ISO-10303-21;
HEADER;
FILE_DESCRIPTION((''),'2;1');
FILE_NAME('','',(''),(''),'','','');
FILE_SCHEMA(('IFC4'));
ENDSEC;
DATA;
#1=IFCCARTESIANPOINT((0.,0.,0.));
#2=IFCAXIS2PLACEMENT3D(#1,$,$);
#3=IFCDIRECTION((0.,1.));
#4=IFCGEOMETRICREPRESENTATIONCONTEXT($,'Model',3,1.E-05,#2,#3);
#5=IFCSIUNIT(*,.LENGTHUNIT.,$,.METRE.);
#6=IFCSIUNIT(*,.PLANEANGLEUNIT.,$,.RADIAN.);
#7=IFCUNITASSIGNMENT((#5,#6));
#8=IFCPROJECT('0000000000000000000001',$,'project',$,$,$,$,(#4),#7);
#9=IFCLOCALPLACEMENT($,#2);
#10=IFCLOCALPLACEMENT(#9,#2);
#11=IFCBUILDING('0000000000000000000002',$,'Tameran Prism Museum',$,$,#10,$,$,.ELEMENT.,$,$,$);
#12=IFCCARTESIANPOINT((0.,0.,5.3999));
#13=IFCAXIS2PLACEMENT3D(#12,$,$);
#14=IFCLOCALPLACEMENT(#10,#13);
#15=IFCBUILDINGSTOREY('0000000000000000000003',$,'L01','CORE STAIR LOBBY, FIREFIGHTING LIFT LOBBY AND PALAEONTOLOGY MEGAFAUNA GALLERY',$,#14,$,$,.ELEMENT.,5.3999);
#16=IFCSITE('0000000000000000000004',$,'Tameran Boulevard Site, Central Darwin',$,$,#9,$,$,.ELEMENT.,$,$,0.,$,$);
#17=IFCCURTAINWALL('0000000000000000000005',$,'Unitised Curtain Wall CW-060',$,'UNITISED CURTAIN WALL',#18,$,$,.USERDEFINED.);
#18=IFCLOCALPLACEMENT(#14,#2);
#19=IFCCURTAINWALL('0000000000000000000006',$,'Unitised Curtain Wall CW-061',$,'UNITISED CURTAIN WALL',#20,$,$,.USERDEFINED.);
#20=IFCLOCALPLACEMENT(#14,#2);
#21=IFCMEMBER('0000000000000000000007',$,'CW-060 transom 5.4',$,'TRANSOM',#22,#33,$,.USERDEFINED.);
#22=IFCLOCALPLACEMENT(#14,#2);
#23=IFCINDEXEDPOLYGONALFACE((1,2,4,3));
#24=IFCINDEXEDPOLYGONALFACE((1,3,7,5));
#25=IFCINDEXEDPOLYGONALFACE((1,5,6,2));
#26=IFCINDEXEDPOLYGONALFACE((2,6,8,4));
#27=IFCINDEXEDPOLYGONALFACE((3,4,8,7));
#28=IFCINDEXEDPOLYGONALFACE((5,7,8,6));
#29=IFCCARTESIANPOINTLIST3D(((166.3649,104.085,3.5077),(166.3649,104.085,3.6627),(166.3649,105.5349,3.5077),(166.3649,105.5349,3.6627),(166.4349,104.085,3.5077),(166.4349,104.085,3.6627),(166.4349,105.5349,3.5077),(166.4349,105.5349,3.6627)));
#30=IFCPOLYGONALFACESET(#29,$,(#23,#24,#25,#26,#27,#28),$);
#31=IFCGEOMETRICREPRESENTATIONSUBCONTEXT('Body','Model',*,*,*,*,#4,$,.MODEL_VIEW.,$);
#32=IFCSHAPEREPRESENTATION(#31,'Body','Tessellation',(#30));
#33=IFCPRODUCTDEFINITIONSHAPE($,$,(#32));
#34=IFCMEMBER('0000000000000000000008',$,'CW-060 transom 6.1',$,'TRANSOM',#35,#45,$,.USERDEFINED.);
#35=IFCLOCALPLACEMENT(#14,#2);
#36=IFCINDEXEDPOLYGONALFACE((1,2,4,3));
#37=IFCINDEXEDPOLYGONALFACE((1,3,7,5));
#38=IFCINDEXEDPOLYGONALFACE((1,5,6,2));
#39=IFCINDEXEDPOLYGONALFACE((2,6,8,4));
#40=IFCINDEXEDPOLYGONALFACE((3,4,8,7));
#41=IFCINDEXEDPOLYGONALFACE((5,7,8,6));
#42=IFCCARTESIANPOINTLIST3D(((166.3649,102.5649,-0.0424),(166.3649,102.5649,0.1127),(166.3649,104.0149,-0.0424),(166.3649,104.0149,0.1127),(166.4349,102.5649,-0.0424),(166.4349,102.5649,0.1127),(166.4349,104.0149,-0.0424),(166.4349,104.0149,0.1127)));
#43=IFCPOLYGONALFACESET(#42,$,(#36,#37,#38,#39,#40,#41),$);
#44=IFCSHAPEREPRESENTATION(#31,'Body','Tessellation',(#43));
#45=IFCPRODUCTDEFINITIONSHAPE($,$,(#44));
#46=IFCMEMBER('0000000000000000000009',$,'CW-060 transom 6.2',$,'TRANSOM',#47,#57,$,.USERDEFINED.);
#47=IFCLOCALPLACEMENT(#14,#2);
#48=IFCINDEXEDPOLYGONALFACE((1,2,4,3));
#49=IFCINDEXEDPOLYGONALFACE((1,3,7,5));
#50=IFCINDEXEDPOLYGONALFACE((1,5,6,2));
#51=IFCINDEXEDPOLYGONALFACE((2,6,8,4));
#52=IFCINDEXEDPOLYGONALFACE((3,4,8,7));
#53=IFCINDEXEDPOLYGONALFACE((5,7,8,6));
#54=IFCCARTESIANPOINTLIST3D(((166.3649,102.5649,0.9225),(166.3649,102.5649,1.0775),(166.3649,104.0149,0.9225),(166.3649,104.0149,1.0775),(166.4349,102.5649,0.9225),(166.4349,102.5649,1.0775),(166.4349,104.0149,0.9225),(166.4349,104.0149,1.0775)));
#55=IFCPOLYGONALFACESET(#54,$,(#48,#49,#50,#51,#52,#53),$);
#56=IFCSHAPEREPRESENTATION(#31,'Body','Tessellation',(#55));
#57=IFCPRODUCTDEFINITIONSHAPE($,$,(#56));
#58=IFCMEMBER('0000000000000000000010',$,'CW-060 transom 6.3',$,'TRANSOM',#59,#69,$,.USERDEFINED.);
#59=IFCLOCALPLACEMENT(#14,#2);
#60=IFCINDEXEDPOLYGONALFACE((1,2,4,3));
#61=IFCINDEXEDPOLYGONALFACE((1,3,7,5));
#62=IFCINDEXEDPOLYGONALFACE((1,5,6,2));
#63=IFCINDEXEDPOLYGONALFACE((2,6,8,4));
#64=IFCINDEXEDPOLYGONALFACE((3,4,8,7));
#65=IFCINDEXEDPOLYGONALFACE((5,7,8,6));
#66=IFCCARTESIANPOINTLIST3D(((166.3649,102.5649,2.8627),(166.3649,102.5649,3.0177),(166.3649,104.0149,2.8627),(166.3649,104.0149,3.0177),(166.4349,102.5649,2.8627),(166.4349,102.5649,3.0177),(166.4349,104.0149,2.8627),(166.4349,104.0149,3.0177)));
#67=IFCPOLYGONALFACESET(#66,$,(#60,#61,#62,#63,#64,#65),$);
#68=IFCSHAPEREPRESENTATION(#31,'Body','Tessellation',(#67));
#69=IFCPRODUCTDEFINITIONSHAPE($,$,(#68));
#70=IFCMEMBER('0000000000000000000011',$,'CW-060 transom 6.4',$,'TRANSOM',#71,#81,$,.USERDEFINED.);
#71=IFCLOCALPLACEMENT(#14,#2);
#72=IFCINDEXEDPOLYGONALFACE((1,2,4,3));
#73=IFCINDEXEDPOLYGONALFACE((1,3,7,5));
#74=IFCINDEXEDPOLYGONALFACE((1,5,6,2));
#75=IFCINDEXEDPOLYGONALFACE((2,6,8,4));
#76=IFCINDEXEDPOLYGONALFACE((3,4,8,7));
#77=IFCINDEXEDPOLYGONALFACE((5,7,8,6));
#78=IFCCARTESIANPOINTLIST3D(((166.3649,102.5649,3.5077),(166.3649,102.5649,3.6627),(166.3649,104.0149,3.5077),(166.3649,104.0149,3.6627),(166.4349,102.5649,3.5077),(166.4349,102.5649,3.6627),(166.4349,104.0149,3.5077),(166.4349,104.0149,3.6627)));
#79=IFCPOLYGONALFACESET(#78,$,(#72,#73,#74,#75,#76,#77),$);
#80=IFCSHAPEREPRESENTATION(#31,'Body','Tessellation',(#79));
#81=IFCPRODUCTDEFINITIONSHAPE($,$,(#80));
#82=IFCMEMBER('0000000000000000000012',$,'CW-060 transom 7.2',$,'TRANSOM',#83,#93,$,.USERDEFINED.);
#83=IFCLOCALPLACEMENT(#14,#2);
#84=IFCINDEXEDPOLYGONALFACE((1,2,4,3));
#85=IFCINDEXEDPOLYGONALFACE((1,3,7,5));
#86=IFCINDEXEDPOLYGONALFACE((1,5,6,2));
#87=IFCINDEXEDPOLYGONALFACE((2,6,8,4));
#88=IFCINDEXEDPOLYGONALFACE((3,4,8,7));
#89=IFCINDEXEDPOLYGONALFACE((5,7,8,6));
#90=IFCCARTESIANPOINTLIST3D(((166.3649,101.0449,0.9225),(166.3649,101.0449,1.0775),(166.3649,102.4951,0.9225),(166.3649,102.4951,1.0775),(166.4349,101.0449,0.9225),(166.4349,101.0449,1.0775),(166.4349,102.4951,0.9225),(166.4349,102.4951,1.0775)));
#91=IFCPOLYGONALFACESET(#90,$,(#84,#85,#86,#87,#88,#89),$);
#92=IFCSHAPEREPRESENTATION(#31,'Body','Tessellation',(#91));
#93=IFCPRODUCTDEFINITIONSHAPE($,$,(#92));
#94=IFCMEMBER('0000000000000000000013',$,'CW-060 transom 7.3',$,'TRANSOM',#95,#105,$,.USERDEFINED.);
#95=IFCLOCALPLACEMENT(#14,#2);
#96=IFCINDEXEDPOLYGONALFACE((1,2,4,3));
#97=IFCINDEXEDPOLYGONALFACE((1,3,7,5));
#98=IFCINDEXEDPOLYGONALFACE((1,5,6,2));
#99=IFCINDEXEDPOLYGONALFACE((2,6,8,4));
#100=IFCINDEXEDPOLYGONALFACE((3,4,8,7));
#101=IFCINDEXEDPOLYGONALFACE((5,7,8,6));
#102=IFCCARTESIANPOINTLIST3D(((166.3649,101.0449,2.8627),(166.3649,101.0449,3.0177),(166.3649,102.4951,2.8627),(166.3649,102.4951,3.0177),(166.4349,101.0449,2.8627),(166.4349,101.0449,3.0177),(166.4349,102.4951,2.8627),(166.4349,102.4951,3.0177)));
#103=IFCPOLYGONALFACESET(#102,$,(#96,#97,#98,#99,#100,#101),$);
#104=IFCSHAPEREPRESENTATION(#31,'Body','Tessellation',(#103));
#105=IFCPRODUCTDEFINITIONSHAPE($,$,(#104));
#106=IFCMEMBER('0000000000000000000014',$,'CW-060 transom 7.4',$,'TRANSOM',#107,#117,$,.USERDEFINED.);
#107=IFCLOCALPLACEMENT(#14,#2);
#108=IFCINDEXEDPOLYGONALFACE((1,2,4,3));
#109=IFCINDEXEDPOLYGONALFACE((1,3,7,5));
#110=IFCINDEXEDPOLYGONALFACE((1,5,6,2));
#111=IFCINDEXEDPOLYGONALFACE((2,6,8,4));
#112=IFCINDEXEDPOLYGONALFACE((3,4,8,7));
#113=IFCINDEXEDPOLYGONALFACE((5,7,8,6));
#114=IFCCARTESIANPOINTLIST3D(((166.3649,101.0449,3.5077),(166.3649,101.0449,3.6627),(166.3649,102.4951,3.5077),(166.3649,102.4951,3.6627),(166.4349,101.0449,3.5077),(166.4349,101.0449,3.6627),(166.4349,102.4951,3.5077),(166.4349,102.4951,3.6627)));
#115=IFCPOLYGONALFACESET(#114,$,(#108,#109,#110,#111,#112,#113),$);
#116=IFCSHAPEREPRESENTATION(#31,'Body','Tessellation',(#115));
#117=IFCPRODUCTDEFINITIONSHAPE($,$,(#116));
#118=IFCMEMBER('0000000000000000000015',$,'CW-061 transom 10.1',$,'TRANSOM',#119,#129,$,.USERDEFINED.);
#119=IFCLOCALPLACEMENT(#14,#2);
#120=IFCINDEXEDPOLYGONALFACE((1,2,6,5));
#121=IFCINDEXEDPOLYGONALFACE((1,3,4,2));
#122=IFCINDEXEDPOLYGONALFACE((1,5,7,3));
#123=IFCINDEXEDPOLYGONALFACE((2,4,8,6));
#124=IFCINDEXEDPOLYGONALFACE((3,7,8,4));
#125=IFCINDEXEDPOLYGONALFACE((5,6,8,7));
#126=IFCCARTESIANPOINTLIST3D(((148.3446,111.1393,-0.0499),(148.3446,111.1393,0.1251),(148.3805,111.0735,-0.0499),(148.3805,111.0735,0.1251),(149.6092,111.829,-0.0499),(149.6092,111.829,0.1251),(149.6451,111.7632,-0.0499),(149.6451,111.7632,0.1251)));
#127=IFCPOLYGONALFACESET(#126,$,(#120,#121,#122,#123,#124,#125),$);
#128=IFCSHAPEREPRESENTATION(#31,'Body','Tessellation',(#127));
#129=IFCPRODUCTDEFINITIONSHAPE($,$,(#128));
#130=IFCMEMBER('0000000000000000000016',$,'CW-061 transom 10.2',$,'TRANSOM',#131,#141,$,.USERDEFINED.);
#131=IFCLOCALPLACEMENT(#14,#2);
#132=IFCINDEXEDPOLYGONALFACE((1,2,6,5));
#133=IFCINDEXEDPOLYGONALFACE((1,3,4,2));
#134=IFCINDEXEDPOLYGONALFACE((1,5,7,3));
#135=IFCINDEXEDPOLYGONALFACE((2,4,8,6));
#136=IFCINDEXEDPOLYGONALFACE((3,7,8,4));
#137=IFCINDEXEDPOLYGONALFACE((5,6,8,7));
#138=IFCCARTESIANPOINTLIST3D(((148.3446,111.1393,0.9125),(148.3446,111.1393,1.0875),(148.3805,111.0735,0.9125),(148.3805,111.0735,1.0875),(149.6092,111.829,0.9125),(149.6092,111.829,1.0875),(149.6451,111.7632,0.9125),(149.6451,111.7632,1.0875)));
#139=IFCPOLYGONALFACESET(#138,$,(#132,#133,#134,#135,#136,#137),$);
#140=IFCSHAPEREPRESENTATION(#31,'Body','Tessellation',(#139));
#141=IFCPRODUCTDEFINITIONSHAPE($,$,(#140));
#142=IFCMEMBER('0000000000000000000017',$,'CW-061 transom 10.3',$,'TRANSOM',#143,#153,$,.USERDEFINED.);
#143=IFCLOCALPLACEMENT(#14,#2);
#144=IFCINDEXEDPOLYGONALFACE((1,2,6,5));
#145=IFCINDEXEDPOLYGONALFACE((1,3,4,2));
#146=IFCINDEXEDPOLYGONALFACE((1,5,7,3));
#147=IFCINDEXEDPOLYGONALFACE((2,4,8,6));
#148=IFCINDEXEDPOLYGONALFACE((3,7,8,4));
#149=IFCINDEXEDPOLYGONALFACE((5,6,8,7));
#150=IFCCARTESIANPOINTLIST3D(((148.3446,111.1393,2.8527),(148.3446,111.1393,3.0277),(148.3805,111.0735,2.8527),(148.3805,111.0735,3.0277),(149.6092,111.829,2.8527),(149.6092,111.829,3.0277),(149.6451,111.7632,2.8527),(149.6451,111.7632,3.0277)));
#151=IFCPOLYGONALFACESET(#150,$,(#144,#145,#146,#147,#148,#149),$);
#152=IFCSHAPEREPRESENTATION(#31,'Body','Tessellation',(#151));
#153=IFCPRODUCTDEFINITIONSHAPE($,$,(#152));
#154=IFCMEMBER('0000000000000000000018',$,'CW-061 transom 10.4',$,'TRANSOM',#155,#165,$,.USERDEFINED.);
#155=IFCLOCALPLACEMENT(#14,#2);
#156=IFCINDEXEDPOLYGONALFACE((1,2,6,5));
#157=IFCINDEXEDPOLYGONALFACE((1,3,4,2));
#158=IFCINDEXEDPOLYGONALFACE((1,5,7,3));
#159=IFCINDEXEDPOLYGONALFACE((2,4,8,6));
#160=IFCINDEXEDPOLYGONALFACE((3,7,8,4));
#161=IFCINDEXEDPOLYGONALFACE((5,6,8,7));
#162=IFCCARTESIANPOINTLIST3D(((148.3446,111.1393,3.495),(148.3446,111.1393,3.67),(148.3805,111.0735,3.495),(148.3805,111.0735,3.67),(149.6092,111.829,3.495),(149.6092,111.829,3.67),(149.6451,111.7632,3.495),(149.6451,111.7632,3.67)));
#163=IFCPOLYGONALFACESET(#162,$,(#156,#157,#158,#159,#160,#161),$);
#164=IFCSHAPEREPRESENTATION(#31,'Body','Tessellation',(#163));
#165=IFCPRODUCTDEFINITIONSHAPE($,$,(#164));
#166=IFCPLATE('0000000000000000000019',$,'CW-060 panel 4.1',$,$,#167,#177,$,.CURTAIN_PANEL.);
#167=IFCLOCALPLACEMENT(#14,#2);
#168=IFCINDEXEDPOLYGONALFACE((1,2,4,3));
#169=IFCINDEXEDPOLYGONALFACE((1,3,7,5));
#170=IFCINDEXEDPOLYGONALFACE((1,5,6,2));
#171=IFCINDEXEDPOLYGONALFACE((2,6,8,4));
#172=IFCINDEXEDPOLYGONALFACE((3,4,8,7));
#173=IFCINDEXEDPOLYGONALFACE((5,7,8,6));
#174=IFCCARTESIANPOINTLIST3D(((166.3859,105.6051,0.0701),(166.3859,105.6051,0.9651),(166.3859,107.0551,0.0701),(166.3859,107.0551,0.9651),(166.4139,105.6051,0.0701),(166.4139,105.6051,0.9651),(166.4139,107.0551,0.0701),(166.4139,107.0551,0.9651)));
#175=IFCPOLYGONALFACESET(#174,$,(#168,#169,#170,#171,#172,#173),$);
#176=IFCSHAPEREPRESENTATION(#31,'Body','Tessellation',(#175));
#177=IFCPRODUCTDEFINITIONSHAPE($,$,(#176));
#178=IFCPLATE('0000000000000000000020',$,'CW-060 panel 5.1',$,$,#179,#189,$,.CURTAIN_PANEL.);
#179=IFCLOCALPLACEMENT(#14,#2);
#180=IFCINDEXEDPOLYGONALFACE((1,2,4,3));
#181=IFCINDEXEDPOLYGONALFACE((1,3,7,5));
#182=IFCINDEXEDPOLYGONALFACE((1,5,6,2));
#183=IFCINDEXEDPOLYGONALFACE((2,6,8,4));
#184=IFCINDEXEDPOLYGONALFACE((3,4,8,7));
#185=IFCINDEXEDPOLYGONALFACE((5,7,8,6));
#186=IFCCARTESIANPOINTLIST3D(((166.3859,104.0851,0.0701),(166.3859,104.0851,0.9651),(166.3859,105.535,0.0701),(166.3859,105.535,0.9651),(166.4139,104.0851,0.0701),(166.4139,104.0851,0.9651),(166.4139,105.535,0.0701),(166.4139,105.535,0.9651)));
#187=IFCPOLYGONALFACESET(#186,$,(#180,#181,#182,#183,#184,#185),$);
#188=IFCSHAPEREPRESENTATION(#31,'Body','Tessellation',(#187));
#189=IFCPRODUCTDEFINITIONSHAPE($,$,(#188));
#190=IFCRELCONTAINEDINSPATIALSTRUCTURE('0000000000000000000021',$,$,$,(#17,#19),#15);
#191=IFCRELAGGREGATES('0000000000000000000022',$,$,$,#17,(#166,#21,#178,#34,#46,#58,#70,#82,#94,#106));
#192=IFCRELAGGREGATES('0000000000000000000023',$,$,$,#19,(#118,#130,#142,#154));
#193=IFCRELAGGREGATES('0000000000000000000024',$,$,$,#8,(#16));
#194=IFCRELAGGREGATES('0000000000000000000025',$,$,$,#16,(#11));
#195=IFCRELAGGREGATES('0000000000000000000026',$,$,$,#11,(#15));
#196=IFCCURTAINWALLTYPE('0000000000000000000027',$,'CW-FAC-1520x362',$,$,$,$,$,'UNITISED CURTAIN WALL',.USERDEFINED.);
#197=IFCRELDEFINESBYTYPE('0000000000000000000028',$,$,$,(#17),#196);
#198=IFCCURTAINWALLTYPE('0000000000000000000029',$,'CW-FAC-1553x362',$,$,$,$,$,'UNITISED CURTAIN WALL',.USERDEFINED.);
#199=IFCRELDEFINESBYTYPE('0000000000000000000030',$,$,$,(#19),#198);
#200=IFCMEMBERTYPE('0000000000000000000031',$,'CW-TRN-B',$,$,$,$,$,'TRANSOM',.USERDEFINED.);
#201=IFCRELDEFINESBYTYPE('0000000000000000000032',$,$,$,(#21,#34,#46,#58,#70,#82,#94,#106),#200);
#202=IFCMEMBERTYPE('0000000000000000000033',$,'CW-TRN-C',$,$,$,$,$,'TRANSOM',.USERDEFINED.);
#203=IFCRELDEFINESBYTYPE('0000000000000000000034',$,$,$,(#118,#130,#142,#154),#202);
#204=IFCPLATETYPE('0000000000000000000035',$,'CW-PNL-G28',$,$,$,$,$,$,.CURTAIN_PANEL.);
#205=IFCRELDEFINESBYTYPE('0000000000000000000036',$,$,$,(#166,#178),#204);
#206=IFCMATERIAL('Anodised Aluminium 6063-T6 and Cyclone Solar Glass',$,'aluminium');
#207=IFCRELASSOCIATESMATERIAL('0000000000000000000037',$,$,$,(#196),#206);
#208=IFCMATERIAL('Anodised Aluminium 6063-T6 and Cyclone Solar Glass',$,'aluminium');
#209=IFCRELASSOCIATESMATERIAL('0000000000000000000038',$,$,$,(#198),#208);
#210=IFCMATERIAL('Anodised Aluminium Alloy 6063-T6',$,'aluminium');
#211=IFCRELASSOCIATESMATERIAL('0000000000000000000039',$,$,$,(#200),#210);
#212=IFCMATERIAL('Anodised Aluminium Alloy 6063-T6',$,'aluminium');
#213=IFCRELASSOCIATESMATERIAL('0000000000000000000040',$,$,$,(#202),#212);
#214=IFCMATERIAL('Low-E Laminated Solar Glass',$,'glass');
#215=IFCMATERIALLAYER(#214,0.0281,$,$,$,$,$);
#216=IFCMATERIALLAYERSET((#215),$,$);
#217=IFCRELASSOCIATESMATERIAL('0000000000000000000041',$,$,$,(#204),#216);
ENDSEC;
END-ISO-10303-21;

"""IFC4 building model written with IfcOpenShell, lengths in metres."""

from ifc_helpers import new_model, si_unit, direction, frame, origin, origin_2d, place, context, subcontext, project, spatial, rectangle, extrude, material, layer, layer_set, material_profile, profile_set, type_object, element, aggregate, save


model = new_model("IFC4")

# Units and contexts
model_context = context("Model", 3, precision=1e-05, world=origin(), true_north=direction((0.0, 1.0)))
body_context = subcontext(model_context, "Body", "Model", "MODEL_VIEW")
ifc_project = project(units=[si_unit("LENGTHUNIT", "METRE"), si_unit("PLANEANGLEUNIT", "RADIAN")], contexts=[model_context])

# Site, building, storey
site_placement = place(None, origin())
site = spatial("IfcSite", under=ifc_project, at=site_placement, Name="Tameran Boulevard Site, Central Darwin", CompositionType="ELEMENT", RefElevation=0.0)
building_placement = place(site_placement, origin())
building = spatial("IfcBuilding", under=site, at=building_placement, Name="Tameran Prism Museum", CompositionType="ELEMENT")
storey_placement = place(building_placement, frame((0.0, 0.0, 5.3999)))
storey = spatial("IfcBuildingStorey", under=building, at=storey_placement, Name="L01", Description="CORE STAIR LOBBY, FIREFIGHTING LIFT LOBBY AND PALAEONTOLOGY MEGAFAUNA GALLERY", CompositionType="ELEMENT", Elevation=5.3999)

# Curtain walls
ifc_material_1 = material(Name="Anodised Aluminium 6063-T6 and Cyclone Solar Glass", Category="aluminium")
curtain_wall_type_1 = type_object("IfcCurtainWallType", Name="CW-FAC-1520x362", ElementType="UNITISED CURTAIN WALL", PredefinedType="USERDEFINED", material=ifc_material_1)
curtain_wall_1_placement = place(storey_placement, origin())
curtain_wall_1 = element("IfcCurtainWall", 1, at=curtain_wall_1_placement, inside=storey, type_object=curtain_wall_type_1, Name="Unitised Curtain Wall CW-060", ObjectType="UNITISED CURTAIN WALL", PredefinedType="USERDEFINED")
ifc_material_2 = material(Name="Anodised Aluminium 6063-T6 and Cyclone Solar Glass", Category="aluminium")
curtain_wall_type_2 = type_object("IfcCurtainWallType", Name="CW-FAC-1553x362", ElementType="UNITISED CURTAIN WALL", PredefinedType="USERDEFINED", material=ifc_material_2)
curtain_wall_2_placement = place(storey_placement, origin())
curtain_wall_2 = element("IfcCurtainWall", 2, at=curtain_wall_2_placement, inside=storey, type_object=curtain_wall_type_2, Name="Unitised Curtain Wall CW-061", ObjectType="UNITISED CURTAIN WALL", PredefinedType="USERDEFINED")

# Members
ifc_material_3 = material(Name="Anodised Aluminium Alloy 6063-T6", Category="aluminium")
ifc_material_profile_1 = material_profile(ifc_material_3, rectangle(XDim=0.0701, YDim=0.155, at=origin_2d()))
ifc_profile_set_1 = profile_set([ifc_material_profile_1])
member_type_1 = type_object("IfcMemberType", Name="CW-TRN-B", ElementType="TRANSOM", PredefinedType="USERDEFINED", material=ifc_profile_set_1)
member_1_placement = place(storey_placement, frame((166.3999, 105.5349, 3.5852), z_axis=(0.0, -1.0, 0.0), x_axis=(1.0, 0.0, 0.0)))
member_1 = element("IfcMember", 3, at=member_1_placement, type_object=member_type_1, Name="CW-060 transom 5.4", ObjectType="TRANSOM", PredefinedType="USERDEFINED", context=body_context, shape_type="SweptSolid", body=[
    extrude(rectangle(XDim=0.0701, YDim=0.155, at=origin_2d()), origin(), (0.0, 0.0, 1.0), 1.45),
])
member_2_placement = place(storey_placement, frame((166.3999, 104.0149, 0.0352), z_axis=(0.0, -1.0, 0.0), x_axis=(1.0, 0.0, 0.0)))
member_2 = element("IfcMember", 4, at=member_2_placement, type_object=member_type_1, Name="CW-060 transom 6.1", ObjectType="TRANSOM", PredefinedType="USERDEFINED", context=body_context, shape_type="SweptSolid", body=[
    extrude(rectangle(XDim=0.0701, YDim=0.155, at=origin_2d()), origin(), (0.0, 0.0, 1.0), 1.45),
])
member_3_placement = place(storey_placement, frame((166.3999, 104.0149, 1.0), z_axis=(0.0, -1.0, 0.0), x_axis=(1.0, 0.0, 0.0)))
member_3 = element("IfcMember", 5, at=member_3_placement, type_object=member_type_1, Name="CW-060 transom 6.2", ObjectType="TRANSOM", PredefinedType="USERDEFINED", context=body_context, shape_type="SweptSolid", body=[
    extrude(rectangle(XDim=0.0701, YDim=0.155, at=origin_2d()), origin(), (0.0, 0.0, 1.0), 1.45),
])
member_4_placement = place(storey_placement, frame((166.3999, 104.0149, 2.9402), z_axis=(0.0, -1.0, 0.0), x_axis=(1.0, 0.0, 0.0)))
member_4 = element("IfcMember", 6, at=member_4_placement, type_object=member_type_1, Name="CW-060 transom 6.3", ObjectType="TRANSOM", PredefinedType="USERDEFINED", context=body_context, shape_type="SweptSolid", body=[
    extrude(rectangle(XDim=0.0701, YDim=0.155, at=origin_2d()), origin(), (0.0, 0.0, 1.0), 1.45),
])
member_5_placement = place(storey_placement, frame((166.3999, 104.0149, 3.5852), z_axis=(0.0, -1.0, 0.0), x_axis=(1.0, 0.0, 0.0)))
member_5 = element("IfcMember", 7, at=member_5_placement, type_object=member_type_1, Name="CW-060 transom 6.4", ObjectType="TRANSOM", PredefinedType="USERDEFINED", context=body_context, shape_type="SweptSolid", body=[
    extrude(rectangle(XDim=0.0701, YDim=0.155, at=origin_2d()), origin(), (0.0, 0.0, 1.0), 1.45),
])
member_6_placement = place(storey_placement, frame((166.3999, 102.4951, 1.0), z_axis=(0.0, -1.0, 0.0), x_axis=(1.0, 0.0, 0.0)))
member_6 = element("IfcMember", 8, at=member_6_placement, type_object=member_type_1, Name="CW-060 transom 7.2", ObjectType="TRANSOM", PredefinedType="USERDEFINED", context=body_context, shape_type="SweptSolid", body=[
    extrude(rectangle(XDim=0.0701, YDim=0.155, at=origin_2d()), origin(), (0.0, 0.0, 1.0), 1.4502),
])
member_7_placement = place(storey_placement, frame((166.3999, 102.4951, 2.9402), z_axis=(0.0, -1.0, 0.0), x_axis=(1.0, 0.0, 0.0)))
member_7 = element("IfcMember", 9, at=member_7_placement, type_object=member_type_1, Name="CW-060 transom 7.3", ObjectType="TRANSOM", PredefinedType="USERDEFINED", context=body_context, shape_type="SweptSolid", body=[
    extrude(rectangle(XDim=0.0701, YDim=0.155, at=origin_2d()), origin(), (0.0, 0.0, 1.0), 1.4502),
])
member_8_placement = place(storey_placement, frame((166.3999, 102.4951, 3.5852), z_axis=(0.0, -1.0, 0.0), x_axis=(1.0, 0.0, 0.0)))
member_8 = element("IfcMember", 10, at=member_8_placement, type_object=member_type_1, Name="CW-060 transom 7.4", ObjectType="TRANSOM", PredefinedType="USERDEFINED", context=body_context, shape_type="SweptSolid", body=[
    extrude(rectangle(XDim=0.0701, YDim=0.155, at=origin_2d()), origin(), (0.0, 0.0, 1.0), 1.4502),
])
ifc_material_4 = material(Name="Anodised Aluminium Alloy 6063-T6", Category="aluminium")
ifc_material_profile_2 = material_profile(ifc_material_4, rectangle(XDim=0.075, YDim=0.175, at=origin_2d()))
ifc_profile_set_2 = profile_set([ifc_material_profile_2])
member_type_2 = type_object("IfcMemberType", Name="CW-TRN-C", ElementType="TRANSOM", PredefinedType="USERDEFINED", material=ifc_profile_set_2)
member_9_placement = place(storey_placement, frame((148.3625, 111.1064, 0.0376), z_axis=(0.877928, 0.478793, 0.0), x_axis=(-0.478793, 0.877928, 0.0)))
member_9 = element("IfcMember", 11, at=member_9_placement, type_object=member_type_2, Name="CW-061 transom 10.1", ObjectType="TRANSOM", PredefinedType="USERDEFINED", context=body_context, shape_type="SweptSolid", body=[
    extrude(rectangle(XDim=0.075, YDim=0.175, at=origin_2d()), origin(), (0.0, 0.0, 1.0), 1.4404),
])
member_10_placement = place(storey_placement, frame((148.3625, 111.1064, 1.0), z_axis=(0.877928, 0.478793, 0.0), x_axis=(-0.478793, 0.877928, 0.0)))
member_10 = element("IfcMember", 12, at=member_10_placement, type_object=member_type_2, Name="CW-061 transom 10.2", ObjectType="TRANSOM", PredefinedType="USERDEFINED", context=body_context, shape_type="SweptSolid", body=[
    extrude(rectangle(XDim=0.075, YDim=0.175, at=origin_2d()), origin(), (0.0, 0.0, 1.0), 1.4404),
])
member_11_placement = place(storey_placement, frame((148.3625, 111.1064, 2.9402), z_axis=(0.877928, 0.478793, 0.0), x_axis=(-0.478793, 0.877928, 0.0)))
member_11 = element("IfcMember", 13, at=member_11_placement, type_object=member_type_2, Name="CW-061 transom 10.3", ObjectType="TRANSOM", PredefinedType="USERDEFINED", context=body_context, shape_type="SweptSolid", body=[
    extrude(rectangle(XDim=0.075, YDim=0.175, at=origin_2d()), origin(), (0.0, 0.0, 1.0), 1.4404),
])
member_12_placement = place(storey_placement, frame((148.3625, 111.1064, 3.5825), z_axis=(0.877928, 0.478793, 0.0), x_axis=(-0.478793, 0.877928, 0.0)))
member_12 = element("IfcMember", 14, at=member_12_placement, type_object=member_type_2, Name="CW-061 transom 10.4", ObjectType="TRANSOM", PredefinedType="USERDEFINED", context=body_context, shape_type="SweptSolid", body=[
    extrude(rectangle(XDim=0.075, YDim=0.175, at=origin_2d()), origin(), (0.0, 0.0, 1.0), 1.4404),
])

# Plates
ifc_material_5 = material(Name="Low-E Laminated Solar Glass", Category="glass")
ifc_layer_1 = layer(ifc_material_5, 0.0281)
ifc_layer_set_1 = layer_set([ifc_layer_1])
plate_type_1 = type_object("IfcPlateType", Name="CW-PNL-G28", PredefinedType="CURTAIN_PANEL", material=ifc_layer_set_1)
plate_1_placement = place(storey_placement, frame((166.3999, 106.3301, 0.0701), z_axis=(0.0, 0.0, 1.0), x_axis=(0.0, -1.0, 0.0)))
plate_1 = element("IfcPlate", 15, at=plate_1_placement, type_object=plate_type_1, Name="CW-060 panel 4.1", PredefinedType="CURTAIN_PANEL", context=body_context, shape_type="SweptSolid", body=[
    extrude(rectangle(XDim=1.45, YDim=0.0281, at=origin_2d()), origin(), (0.0, 0.0, 1.0), 0.895),
])
plate_2_placement = place(storey_placement, frame((166.3999, 104.8101, 0.0701), z_axis=(0.0, 0.0, 1.0), x_axis=(0.0, -1.0, 0.0)))
plate_2 = element("IfcPlate", 16, at=plate_2_placement, type_object=plate_type_1, Name="CW-060 panel 5.1", PredefinedType="CURTAIN_PANEL", context=body_context, shape_type="SweptSolid", body=[
    extrude(rectangle(XDim=1.45, YDim=0.0281, at=origin_2d()), origin(), (0.0, 0.0, 1.0), 0.895),
])
aggregate(curtain_wall_1, [plate_1, member_1, plate_2, member_2, member_3, member_4, member_5, member_6, member_7, member_8])
aggregate(curtain_wall_2, [member_9, member_10, member_11, member_12])

save(model, "model.ifc")
